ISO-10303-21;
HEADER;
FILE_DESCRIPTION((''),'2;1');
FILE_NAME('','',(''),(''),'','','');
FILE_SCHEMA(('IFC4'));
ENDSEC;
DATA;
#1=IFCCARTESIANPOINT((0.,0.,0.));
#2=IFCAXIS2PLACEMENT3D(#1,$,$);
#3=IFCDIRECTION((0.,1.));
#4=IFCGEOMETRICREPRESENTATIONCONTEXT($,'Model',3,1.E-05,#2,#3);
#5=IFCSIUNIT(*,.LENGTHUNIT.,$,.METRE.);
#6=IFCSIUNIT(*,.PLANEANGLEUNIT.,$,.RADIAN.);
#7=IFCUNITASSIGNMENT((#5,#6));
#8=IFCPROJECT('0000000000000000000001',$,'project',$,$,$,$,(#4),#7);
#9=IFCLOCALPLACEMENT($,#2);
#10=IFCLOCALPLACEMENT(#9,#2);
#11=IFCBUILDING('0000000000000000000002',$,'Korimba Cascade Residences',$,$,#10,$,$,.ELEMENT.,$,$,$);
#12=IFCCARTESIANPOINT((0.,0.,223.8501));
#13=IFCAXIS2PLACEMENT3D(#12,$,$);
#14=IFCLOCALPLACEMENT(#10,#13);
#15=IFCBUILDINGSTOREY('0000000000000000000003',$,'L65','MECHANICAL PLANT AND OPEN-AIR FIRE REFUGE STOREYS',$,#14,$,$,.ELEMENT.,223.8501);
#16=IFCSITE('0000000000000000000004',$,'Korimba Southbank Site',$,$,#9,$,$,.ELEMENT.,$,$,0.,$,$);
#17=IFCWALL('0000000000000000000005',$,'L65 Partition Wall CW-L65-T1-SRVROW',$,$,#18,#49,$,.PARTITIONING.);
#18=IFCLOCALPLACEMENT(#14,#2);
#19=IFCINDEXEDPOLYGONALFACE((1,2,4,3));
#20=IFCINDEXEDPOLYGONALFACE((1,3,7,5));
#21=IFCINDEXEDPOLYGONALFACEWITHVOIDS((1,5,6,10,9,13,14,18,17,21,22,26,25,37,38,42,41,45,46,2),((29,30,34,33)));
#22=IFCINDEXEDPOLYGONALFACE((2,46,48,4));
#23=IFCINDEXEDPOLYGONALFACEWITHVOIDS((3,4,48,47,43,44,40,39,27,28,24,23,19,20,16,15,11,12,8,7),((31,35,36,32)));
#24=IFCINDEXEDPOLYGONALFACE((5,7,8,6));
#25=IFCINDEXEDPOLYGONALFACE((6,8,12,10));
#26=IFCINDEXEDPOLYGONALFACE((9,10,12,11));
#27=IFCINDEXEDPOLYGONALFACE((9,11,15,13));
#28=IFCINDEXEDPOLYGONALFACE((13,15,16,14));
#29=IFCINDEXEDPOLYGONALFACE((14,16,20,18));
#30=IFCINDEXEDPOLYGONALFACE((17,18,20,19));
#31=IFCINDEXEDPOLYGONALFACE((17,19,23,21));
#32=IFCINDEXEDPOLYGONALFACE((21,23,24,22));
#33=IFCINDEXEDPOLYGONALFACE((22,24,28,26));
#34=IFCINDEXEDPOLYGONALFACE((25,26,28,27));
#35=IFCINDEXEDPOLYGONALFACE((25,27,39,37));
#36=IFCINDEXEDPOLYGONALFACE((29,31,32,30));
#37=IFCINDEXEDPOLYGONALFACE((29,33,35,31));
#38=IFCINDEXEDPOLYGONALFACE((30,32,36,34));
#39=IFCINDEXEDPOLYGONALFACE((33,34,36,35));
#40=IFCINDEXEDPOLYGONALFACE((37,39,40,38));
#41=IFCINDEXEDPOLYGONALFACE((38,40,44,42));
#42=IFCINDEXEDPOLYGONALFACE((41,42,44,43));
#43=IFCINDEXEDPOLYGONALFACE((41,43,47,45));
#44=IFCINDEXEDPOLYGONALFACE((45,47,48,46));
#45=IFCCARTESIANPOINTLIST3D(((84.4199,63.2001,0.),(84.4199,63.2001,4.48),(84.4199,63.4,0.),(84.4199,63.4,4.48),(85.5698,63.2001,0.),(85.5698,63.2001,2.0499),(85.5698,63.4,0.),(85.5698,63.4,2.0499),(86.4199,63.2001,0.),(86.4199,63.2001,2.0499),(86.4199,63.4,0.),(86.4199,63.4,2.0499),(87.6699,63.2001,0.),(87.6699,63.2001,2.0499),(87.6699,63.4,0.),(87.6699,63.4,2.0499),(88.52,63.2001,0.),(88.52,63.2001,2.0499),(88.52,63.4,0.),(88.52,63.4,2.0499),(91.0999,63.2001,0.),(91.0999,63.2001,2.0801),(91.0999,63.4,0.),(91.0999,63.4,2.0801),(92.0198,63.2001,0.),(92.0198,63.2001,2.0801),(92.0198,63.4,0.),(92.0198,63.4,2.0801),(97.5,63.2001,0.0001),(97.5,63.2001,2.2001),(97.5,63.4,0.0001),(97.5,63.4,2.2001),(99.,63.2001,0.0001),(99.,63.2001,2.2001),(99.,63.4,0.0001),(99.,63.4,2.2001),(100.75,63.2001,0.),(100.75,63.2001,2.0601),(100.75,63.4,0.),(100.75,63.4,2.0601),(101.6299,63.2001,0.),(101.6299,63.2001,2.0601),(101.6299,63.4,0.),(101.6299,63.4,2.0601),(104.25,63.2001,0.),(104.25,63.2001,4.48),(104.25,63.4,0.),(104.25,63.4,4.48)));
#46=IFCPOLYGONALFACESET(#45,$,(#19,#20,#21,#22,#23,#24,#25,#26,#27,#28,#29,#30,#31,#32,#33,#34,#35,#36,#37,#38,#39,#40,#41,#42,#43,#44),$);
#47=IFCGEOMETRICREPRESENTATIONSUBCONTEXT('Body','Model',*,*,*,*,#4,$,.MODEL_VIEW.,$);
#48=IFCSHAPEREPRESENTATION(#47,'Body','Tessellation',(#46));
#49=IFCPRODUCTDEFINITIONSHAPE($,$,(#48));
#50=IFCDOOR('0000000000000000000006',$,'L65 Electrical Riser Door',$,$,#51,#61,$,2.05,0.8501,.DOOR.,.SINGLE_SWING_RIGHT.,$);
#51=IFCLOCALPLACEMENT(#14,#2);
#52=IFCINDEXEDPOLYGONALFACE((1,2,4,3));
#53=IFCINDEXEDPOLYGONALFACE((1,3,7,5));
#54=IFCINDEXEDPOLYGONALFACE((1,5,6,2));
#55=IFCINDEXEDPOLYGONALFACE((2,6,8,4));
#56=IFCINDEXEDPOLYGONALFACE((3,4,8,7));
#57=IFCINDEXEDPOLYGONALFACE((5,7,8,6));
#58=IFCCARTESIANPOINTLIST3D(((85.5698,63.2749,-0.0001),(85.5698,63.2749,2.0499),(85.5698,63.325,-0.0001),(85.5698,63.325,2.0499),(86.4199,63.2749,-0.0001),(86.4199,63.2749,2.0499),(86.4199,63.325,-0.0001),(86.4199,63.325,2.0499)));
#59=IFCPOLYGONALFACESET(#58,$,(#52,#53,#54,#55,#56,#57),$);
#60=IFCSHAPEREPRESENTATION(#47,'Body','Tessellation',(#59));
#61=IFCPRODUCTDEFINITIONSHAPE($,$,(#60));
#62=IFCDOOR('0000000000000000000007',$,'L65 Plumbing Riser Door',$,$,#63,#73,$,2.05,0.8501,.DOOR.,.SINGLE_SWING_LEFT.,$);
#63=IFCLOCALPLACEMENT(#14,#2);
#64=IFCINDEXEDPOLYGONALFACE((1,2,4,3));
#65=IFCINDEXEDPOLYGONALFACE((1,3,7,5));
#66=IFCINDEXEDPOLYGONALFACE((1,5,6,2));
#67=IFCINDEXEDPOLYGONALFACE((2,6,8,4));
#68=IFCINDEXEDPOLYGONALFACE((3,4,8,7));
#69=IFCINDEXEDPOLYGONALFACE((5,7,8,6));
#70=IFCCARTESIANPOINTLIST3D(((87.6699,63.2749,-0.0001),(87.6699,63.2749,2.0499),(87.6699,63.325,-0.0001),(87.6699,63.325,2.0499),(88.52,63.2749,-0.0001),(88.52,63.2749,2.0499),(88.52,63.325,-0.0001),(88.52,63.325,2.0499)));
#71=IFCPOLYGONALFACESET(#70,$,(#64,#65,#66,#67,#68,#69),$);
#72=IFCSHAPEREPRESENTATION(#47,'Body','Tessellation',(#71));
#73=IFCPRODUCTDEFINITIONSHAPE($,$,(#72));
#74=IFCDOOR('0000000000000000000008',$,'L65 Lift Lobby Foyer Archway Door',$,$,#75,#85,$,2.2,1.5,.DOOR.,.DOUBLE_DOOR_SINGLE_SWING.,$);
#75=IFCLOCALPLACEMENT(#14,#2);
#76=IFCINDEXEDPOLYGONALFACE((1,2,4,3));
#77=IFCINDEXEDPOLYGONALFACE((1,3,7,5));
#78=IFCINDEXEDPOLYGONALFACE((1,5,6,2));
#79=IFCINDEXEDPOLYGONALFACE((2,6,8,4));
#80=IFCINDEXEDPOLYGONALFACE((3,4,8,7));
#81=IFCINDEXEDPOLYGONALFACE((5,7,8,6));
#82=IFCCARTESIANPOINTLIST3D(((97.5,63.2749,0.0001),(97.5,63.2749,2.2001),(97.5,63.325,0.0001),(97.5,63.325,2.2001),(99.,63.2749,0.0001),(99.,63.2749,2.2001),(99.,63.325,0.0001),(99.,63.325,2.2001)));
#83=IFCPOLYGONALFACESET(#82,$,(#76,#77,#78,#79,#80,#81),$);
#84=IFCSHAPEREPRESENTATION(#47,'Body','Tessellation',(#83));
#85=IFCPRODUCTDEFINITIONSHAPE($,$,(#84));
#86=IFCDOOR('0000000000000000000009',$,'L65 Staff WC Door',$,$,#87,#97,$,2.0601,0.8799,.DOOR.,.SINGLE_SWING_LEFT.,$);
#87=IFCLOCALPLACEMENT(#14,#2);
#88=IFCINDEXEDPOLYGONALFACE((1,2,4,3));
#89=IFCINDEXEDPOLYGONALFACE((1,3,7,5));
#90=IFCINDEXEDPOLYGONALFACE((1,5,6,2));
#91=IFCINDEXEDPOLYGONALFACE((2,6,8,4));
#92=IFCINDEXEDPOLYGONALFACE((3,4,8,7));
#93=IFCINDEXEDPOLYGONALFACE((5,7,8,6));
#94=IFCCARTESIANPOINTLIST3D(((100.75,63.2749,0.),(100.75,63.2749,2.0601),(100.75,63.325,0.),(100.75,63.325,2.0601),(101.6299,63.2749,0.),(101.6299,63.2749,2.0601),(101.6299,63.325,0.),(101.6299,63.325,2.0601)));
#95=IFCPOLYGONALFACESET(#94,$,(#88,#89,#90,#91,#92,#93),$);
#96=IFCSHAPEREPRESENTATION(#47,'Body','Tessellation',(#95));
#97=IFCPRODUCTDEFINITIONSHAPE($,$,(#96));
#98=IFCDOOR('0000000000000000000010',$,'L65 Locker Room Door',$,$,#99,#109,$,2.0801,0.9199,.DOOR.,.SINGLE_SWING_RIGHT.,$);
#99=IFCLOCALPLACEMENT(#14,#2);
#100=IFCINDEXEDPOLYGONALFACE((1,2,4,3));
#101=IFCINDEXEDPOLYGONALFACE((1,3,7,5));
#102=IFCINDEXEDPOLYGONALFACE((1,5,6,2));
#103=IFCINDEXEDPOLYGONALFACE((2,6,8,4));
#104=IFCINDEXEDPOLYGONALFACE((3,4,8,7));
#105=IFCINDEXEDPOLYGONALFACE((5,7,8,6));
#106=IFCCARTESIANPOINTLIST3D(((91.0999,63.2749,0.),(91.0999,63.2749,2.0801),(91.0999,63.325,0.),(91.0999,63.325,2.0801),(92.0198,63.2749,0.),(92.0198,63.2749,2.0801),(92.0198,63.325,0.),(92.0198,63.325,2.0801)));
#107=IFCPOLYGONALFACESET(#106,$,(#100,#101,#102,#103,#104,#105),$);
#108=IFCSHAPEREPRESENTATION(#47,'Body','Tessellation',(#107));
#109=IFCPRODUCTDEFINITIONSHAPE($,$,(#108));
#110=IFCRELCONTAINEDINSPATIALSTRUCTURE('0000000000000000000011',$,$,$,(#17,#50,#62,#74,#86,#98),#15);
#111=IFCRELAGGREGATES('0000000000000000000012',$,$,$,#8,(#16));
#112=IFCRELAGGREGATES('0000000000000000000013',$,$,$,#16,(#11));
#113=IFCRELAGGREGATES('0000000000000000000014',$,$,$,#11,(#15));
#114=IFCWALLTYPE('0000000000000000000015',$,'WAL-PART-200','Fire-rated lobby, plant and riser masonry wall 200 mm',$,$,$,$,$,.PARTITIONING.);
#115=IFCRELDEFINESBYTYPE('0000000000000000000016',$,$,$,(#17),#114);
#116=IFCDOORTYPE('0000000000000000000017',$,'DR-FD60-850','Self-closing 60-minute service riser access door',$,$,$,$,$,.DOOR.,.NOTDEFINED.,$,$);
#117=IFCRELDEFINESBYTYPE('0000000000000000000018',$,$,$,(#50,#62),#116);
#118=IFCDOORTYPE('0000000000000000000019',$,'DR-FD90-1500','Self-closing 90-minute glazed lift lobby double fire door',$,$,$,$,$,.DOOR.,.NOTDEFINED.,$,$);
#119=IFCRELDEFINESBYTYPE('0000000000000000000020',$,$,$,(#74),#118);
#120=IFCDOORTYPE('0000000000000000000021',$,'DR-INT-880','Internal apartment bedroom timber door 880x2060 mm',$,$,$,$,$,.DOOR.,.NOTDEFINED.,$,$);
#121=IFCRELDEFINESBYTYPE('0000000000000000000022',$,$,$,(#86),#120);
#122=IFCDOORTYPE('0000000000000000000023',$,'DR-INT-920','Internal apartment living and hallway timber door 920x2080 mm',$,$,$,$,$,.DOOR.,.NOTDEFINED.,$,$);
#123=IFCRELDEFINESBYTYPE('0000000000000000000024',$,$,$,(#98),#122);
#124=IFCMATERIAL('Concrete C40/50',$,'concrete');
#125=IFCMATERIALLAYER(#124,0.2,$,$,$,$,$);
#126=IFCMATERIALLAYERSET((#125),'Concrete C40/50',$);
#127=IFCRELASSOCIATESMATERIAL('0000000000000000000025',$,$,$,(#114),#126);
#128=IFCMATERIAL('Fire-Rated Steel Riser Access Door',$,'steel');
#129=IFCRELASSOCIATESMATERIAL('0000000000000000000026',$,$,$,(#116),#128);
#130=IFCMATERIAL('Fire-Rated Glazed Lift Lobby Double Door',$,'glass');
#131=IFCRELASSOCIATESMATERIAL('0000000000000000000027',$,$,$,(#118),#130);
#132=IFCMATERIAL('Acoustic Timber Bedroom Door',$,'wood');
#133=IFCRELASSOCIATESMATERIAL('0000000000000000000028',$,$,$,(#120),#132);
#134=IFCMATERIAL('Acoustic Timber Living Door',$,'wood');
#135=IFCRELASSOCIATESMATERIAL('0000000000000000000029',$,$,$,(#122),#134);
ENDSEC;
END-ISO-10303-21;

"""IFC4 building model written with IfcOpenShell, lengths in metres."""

from ifc_helpers import new_model, si_unit, direction, frame, frame_2d, origin, place, context, subcontext, project, spatial, rectangle, extrude, material, layer, layer_set, type_object, element, fill, save


model = new_model("IFC4")

# Units and contexts
model_context = context("Model", 3, precision=1e-05, world=origin(), true_north=direction((0.0, 1.0)))
body_context = subcontext(model_context, "Body", "Model", "MODEL_VIEW")
ifc_project = project(units=[si_unit("LENGTHUNIT", "METRE"), si_unit("PLANEANGLEUNIT", "RADIAN")], contexts=[model_context])

# Site, building, storey
site_placement = place(None, origin())
site = spatial("IfcSite", under=ifc_project, at=site_placement, Name="Korimba Southbank Site", CompositionType="ELEMENT", RefElevation=0.0)
building_placement = place(site_placement, origin())
building = spatial("IfcBuilding", under=site, at=building_placement, Name="Korimba Cascade Residences", CompositionType="ELEMENT")
storey_placement = place(building_placement, frame((0.0, 0.0, 223.8501)))
storey = spatial("IfcBuildingStorey", under=building, at=storey_placement, Name="L65", Description="MECHANICAL PLANT AND OPEN-AIR FIRE REFUGE STOREYS", CompositionType="ELEMENT", Elevation=223.8501)

# Shared definitions
ifc_material_1 = material(Name="Concrete C40/50", Category="concrete")
ifc_layer_1 = layer(ifc_material_1, 0.2)
ifc_layer_set_1 = layer_set([ifc_layer_1], Name="Concrete C40/50")
wall_type_1 = type_object("IfcWallType", Name="WAL-PART-200", Description="Fire-rated lobby, plant and riser masonry wall 200 mm", PredefinedType="PARTITIONING", material=ifc_layer_set_1)

# Wall, openings, doors
wall_1_placement = place(storey_placement, frame((84.4199, 63.3, 0.0), z_axis=(0.0, 0.0, 1.0), x_axis=(1.0, 0.0, 0.0)))
wall_1 = element("IfcWall", 1, at=wall_1_placement, inside=storey, type_object=wall_type_1, Name="L65 Partition Wall CW-L65-T1-SRVROW", PredefinedType="PARTITIONING", context=body_context, shape_type="SweptSolid", body=[
    extrude(rectangle(XDim=19.8301, YDim=0.2, at=frame_2d((9.915, 0.0))), origin(), (0.0, 0.0, 1.0), 4.48),
])
opening_1_placement = place(wall_1_placement, frame((1.1499, 0.0, 0.0)))
opening_1 = element("IfcOpeningElement", 2, at=opening_1_placement, cuts=wall_1, PredefinedType="OPENING", context=body_context, shape_type="SweptSolid", body=[
    extrude(rectangle(XDim=0.8501, YDim=2.05, at=frame_2d((0.425, 1.0249))), frame((0.0, 0.1099, 0.0), z_axis=(0.0, -1.0, 0.0), x_axis=(1.0, 0.0, 0.0)), (0.0, 0.0, 1.0), 0.22),
])
opening_2_placement = place(wall_1_placement, frame((3.25, 0.0, 0.0)))
opening_2 = element("IfcOpeningElement", 3, at=opening_2_placement, cuts=wall_1, PredefinedType="OPENING", context=body_context, shape_type="SweptSolid", body=[
    extrude(rectangle(XDim=0.8501, YDim=2.05, at=frame_2d((0.425, 1.0249))), frame((0.0, 0.1099, 0.0), z_axis=(0.0, -1.0, 0.0), x_axis=(1.0, 0.0, 0.0)), (0.0, 0.0, 1.0), 0.22),
])
opening_3_placement = place(wall_1_placement, frame((13.0801, 0.0, 0.0)))
opening_3 = element("IfcOpeningElement", 4, at=opening_3_placement, cuts=wall_1, PredefinedType="OPENING", context=body_context, shape_type="SweptSolid", body=[
    extrude(rectangle(XDim=1.5, YDim=2.2, at=frame_2d((0.75, 1.1001))), frame((0.0, 0.1099, 0.0), z_axis=(0.0, -1.0, 0.0), x_axis=(1.0, 0.0, 0.0)), (0.0, 0.0, 1.0), 0.22),
])
opening_4_placement = place(wall_1_placement, frame((6.6799, 0.0, 0.0)))
opening_4 = element("IfcOpeningElement", 5, at=opening_4_placement, cuts=wall_1, PredefinedType="OPENING", context=body_context, shape_type="SweptSolid", body=[
    extrude(rectangle(XDim=0.9199, YDim=2.0801, at=frame_2d((0.46, 1.04))), frame((0.0, 0.1099, 0.0), z_axis=(0.0, -1.0, 0.0), x_axis=(1.0, 0.0, 0.0)), (0.0, 0.0, 1.0), 0.22),
])
opening_5_placement = place(wall_1_placement, frame((16.3301, 0.0, 0.0)))
opening_5 = element("IfcOpeningElement", 6, at=opening_5_placement, cuts=wall_1, PredefinedType="OPENING", context=body_context, shape_type="SweptSolid", body=[
    extrude(rectangle(XDim=0.8799, YDim=2.0601, at=frame_2d((0.4399, 1.03))), frame((0.0, 0.1099, 0.0), z_axis=(0.0, -1.0, 0.0), x_axis=(1.0, 0.0, 0.0)), (0.0, 0.0, 1.0), 0.22),
])
ifc_material_2 = material(Name="Fire-Rated Steel Riser Access Door", Category="steel")
door_type_1 = type_object("IfcDoorType", Name="DR-FD60-850", Description="Self-closing 60-minute service riser access door", OperationType="NOTDEFINED", PredefinedType="DOOR", material=ifc_material_2)
door_1_placement = place(opening_1_placement, origin())
door_1 = element("IfcDoor", 7, at=door_1_placement, inside=storey, type_object=door_type_1, Name="L65 Electrical Riser Door", OperationType="SINGLE_SWING_RIGHT", OverallHeight=2.05, OverallWidth=0.8501, PredefinedType="DOOR", context=body_context, shape_type="SweptSolid", body=[
    extrude(rectangle(XDim=0.8501, YDim=2.05, at=frame_2d((0.425, 1.0249))), frame((0.0, 0.0249, 0.0), z_axis=(0.0, -1.0, 0.0), x_axis=(1.0, 0.0, 0.0)), (0.0, 0.0, 1.0), 0.05),
])
fill(opening_1, door_1)
door_2_placement = place(opening_2_placement, origin())
door_2 = element("IfcDoor", 8, at=door_2_placement, inside=storey, type_object=door_type_1, Name="L65 Plumbing Riser Door", OperationType="SINGLE_SWING_LEFT", OverallHeight=2.05, OverallWidth=0.8501, PredefinedType="DOOR", context=body_context, shape_type="SweptSolid", body=[
    extrude(rectangle(XDim=0.8501, YDim=2.05, at=frame_2d((0.425, 1.0249))), frame((0.0, 0.0249, 0.0), z_axis=(0.0, -1.0, 0.0), x_axis=(1.0, 0.0, 0.0)), (0.0, 0.0, 1.0), 0.05),
])
fill(opening_2, door_2)
ifc_material_3 = material(Name="Fire-Rated Glazed Lift Lobby Double Door", Category="glass")
door_type_2 = type_object("IfcDoorType", Name="DR-FD90-1500", Description="Self-closing 90-minute glazed lift lobby double fire door", OperationType="NOTDEFINED", PredefinedType="DOOR", material=ifc_material_3)
door_3_placement = place(opening_3_placement, origin())
door_3 = element("IfcDoor", 9, at=door_3_placement, inside=storey, type_object=door_type_2, Name="L65 Lift Lobby Foyer Archway Door", OperationType="DOUBLE_DOOR_SINGLE_SWING", OverallHeight=2.2, OverallWidth=1.5, PredefinedType="DOOR", context=body_context, shape_type="SweptSolid", body=[
    extrude(rectangle(XDim=1.5, YDim=2.2, at=frame_2d((0.75, 1.1001))), frame((0.0, 0.0249, 0.0), z_axis=(0.0, -1.0, 0.0), x_axis=(1.0, 0.0, 0.0)), (0.0, 0.0, 1.0), 0.05),
])
fill(opening_3, door_3)
ifc_material_4 = material(Name="Acoustic Timber Bedroom Door", Category="wood")
door_type_3 = type_object("IfcDoorType", Name="DR-INT-880", Description="Internal apartment bedroom timber door 880x2060 mm", OperationType="NOTDEFINED", PredefinedType="DOOR", material=ifc_material_4)
door_4_placement = place(opening_5_placement, origin())
door_4 = element("IfcDoor", 10, at=door_4_placement, inside=storey, type_object=door_type_3, Name="L65 Staff WC Door", OperationType="SINGLE_SWING_LEFT", OverallHeight=2.0601, OverallWidth=0.8799, PredefinedType="DOOR", context=body_context, shape_type="SweptSolid", body=[
    extrude(rectangle(XDim=0.8799, YDim=2.0601, at=frame_2d((0.4399, 1.03))), frame((0.0, 0.0249, 0.0), z_axis=(0.0, -1.0, 0.0), x_axis=(1.0, 0.0, 0.0)), (0.0, 0.0, 1.0), 0.05),
])
fill(opening_5, door_4)
ifc_material_5 = material(Name="Acoustic Timber Living Door", Category="wood")
door_type_4 = type_object("IfcDoorType", Name="DR-INT-920", Description="Internal apartment living and hallway timber door 920x2080 mm", OperationType="NOTDEFINED", PredefinedType="DOOR", material=ifc_material_5)
door_5_placement = place(opening_4_placement, origin())
door_5 = element("IfcDoor", 11, at=door_5_placement, inside=storey, type_object=door_type_4, Name="L65 Locker Room Door", OperationType="SINGLE_SWING_RIGHT", OverallHeight=2.0801, OverallWidth=0.9199, PredefinedType="DOOR", context=body_context, shape_type="SweptSolid", body=[
    extrude(rectangle(XDim=0.9199, YDim=2.0801, at=frame_2d((0.46, 1.04))), frame((0.0, 0.0249, 0.0), z_axis=(0.0, -1.0, 0.0), x_axis=(1.0, 0.0, 0.0)), (0.0, 0.0, 1.0), 0.05),
])
fill(opening_4, door_5)

save(model, "model.ifc")
